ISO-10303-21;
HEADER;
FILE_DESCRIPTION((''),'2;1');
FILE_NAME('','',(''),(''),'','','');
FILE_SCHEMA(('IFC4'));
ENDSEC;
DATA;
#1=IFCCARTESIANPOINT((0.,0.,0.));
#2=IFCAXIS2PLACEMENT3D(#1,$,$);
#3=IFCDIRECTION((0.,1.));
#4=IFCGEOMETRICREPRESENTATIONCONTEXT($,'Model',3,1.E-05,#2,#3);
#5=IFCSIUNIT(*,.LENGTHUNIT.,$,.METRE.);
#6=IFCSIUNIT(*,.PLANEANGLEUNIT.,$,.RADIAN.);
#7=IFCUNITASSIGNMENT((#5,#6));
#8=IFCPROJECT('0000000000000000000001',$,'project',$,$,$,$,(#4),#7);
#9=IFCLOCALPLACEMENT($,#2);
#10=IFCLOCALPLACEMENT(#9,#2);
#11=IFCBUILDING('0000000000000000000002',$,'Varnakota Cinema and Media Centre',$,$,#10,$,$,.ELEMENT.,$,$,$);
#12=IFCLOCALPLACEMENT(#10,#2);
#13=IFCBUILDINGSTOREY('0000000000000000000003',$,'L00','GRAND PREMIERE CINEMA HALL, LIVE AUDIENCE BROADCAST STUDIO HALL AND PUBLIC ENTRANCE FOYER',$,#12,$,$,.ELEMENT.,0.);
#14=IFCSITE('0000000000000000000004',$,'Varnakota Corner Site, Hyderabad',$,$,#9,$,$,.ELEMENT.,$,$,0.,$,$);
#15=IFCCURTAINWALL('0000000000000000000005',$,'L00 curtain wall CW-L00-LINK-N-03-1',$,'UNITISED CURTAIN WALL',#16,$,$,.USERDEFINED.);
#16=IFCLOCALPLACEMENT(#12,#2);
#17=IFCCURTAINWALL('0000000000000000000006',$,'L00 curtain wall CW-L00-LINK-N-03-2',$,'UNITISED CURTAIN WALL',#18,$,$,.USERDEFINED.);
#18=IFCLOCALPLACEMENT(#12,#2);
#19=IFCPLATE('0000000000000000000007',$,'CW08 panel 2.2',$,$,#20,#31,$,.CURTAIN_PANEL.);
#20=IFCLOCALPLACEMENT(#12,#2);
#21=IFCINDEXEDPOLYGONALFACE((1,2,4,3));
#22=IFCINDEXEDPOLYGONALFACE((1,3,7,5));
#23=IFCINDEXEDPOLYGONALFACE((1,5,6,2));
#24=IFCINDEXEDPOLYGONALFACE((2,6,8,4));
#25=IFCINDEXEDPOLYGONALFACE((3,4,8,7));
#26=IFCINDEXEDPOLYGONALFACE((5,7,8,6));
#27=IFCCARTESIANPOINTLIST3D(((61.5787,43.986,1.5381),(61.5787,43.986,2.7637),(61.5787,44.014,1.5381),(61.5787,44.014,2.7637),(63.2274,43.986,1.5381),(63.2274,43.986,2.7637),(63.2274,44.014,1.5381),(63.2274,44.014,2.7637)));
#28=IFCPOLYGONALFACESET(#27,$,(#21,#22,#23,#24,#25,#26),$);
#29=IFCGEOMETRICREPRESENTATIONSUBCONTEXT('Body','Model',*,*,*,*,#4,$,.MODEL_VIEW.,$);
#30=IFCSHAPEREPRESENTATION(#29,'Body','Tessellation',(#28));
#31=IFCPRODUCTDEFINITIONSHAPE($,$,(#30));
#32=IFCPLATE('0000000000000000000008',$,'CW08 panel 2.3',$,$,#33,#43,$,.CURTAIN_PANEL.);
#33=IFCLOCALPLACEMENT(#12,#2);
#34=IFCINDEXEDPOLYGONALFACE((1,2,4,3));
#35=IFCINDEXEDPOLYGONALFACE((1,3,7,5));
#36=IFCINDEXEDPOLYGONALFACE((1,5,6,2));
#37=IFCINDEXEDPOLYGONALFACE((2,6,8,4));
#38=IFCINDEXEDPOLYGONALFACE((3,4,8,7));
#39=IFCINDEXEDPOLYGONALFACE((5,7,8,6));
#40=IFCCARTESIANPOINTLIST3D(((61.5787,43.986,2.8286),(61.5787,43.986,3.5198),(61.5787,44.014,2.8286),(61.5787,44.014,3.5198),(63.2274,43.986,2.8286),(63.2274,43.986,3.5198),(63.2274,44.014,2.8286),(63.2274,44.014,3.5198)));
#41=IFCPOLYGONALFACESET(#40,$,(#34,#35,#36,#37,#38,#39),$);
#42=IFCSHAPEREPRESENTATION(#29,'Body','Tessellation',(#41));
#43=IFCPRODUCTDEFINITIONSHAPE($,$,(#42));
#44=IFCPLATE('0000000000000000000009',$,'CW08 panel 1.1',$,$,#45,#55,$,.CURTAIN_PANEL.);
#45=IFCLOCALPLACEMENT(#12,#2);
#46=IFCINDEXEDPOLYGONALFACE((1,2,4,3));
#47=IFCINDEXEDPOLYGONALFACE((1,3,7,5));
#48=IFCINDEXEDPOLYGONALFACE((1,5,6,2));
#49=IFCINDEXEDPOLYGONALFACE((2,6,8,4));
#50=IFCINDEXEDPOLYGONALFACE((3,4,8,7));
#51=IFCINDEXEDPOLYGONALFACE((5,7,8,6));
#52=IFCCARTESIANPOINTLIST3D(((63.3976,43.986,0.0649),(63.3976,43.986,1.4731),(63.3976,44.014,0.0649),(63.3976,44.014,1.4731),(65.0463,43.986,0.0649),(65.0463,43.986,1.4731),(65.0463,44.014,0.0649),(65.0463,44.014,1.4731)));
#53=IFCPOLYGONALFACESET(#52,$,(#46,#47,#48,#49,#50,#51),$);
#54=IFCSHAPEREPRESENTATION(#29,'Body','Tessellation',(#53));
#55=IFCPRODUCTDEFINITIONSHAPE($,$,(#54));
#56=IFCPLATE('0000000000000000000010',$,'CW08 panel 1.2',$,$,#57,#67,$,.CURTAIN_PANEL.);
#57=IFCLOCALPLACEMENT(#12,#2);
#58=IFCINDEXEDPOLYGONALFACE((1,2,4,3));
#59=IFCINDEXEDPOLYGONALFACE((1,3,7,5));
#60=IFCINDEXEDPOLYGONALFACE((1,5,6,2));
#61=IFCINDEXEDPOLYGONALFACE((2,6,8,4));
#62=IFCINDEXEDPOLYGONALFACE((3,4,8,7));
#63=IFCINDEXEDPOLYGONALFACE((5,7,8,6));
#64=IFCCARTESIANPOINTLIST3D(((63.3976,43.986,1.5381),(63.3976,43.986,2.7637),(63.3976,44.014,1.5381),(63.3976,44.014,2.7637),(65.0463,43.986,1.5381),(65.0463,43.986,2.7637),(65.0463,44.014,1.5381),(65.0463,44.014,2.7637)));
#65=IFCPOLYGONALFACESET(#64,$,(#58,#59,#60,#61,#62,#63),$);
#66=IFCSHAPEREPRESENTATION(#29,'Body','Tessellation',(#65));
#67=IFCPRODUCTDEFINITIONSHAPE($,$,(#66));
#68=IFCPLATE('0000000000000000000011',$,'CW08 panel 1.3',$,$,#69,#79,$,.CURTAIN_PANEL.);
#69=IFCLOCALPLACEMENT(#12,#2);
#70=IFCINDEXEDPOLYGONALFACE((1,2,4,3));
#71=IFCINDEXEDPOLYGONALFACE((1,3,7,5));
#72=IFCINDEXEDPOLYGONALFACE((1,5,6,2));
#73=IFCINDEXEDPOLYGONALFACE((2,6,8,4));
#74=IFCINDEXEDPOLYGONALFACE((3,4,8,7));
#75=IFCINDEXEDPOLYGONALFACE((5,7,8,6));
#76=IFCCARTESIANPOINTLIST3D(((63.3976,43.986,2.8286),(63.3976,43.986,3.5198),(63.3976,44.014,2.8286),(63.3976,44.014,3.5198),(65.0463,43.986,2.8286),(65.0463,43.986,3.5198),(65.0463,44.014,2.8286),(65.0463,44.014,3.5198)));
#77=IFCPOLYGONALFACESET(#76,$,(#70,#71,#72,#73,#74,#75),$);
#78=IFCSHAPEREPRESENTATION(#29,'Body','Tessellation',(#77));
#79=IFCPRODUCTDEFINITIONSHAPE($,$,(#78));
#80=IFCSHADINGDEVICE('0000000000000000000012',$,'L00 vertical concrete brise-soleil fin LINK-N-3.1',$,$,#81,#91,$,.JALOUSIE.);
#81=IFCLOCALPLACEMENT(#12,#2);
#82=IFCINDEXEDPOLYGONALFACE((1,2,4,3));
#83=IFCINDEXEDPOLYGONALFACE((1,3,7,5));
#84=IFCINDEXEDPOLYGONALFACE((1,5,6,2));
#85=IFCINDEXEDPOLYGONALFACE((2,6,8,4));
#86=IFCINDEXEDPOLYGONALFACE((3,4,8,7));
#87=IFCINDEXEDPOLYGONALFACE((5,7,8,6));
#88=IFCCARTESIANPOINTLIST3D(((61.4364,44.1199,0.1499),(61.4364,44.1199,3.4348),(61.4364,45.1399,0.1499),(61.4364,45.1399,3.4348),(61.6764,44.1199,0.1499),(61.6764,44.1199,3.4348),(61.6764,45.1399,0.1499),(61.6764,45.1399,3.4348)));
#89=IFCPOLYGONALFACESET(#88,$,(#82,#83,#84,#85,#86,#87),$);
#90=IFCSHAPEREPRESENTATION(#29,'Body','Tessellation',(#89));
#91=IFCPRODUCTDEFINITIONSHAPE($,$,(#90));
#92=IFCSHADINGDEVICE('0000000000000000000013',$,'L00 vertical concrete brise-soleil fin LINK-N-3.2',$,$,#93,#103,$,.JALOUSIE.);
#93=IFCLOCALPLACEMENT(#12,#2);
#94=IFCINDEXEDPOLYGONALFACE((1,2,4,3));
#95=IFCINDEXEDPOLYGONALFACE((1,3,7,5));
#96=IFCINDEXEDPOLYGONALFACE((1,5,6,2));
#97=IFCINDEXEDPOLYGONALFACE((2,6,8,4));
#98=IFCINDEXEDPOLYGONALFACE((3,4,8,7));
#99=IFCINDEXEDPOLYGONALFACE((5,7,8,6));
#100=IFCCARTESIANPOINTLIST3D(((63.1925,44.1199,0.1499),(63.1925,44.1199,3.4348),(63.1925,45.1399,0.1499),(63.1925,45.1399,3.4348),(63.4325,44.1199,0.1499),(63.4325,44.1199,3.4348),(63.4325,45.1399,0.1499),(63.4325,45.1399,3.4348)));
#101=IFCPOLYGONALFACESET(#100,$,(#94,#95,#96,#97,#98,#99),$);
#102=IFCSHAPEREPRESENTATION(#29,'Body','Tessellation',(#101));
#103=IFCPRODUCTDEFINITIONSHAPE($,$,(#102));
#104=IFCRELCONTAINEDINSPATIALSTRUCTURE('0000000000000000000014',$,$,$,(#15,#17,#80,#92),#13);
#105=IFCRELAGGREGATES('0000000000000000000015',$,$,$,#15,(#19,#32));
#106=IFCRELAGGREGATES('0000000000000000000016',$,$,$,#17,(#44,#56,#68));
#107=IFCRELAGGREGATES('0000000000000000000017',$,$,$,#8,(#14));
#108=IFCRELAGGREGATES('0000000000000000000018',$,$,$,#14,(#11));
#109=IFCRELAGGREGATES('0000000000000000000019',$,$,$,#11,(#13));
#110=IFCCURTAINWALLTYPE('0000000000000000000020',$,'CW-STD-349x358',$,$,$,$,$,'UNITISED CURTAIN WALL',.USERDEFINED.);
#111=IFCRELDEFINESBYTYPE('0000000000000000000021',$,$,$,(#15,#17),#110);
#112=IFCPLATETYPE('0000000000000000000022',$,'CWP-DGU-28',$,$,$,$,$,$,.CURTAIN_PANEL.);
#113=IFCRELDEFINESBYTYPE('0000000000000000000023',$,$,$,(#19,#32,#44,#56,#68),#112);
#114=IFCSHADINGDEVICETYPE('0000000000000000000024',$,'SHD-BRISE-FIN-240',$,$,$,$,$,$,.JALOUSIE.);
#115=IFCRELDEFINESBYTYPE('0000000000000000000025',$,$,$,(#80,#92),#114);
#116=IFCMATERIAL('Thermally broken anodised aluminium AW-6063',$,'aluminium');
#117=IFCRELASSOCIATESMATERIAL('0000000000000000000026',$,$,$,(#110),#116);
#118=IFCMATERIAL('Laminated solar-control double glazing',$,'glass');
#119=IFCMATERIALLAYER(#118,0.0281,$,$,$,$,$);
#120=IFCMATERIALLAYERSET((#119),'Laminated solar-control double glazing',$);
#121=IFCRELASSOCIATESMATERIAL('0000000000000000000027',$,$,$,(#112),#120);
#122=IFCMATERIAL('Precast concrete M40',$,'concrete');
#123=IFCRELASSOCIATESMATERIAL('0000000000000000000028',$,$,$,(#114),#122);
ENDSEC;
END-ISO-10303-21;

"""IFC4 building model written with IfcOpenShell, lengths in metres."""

from ifc_helpers import new_model, si_unit, direction, frame, origin, origin_2d, place, context, subcontext, project, spatial, rectangle, extrude, material, layer, layer_set, type_object, element, aggregate, save


model = new_model("IFC4")

# Units and contexts
model_context = context("Model", 3, precision=1e-05, world=origin(), true_north=direction((0.0, 1.0)))
body_context = subcontext(model_context, "Body", "Model", "MODEL_VIEW")
ifc_project = project(units=[si_unit("LENGTHUNIT", "METRE"), si_unit("PLANEANGLEUNIT", "RADIAN")], contexts=[model_context])

# Site, building, storey
site_placement = place(None, origin())
site = spatial("IfcSite", under=ifc_project, at=site_placement, Name="Varnakota Corner Site, Hyderabad", CompositionType="ELEMENT", RefElevation=0.0)
building_placement = place(site_placement, origin())
building = spatial("IfcBuilding", under=site, at=building_placement, Name="Varnakota Cinema and Media Centre", CompositionType="ELEMENT")
storey_placement = place(building_placement, origin())
storey = spatial("IfcBuildingStorey", under=building, at=storey_placement, Name="L00", Description="GRAND PREMIERE CINEMA HALL, LIVE AUDIENCE BROADCAST STUDIO HALL AND PUBLIC ENTRANCE FOYER", CompositionType="ELEMENT", Elevation=0.0)

# Shared definitions
ifc_material_1 = material(Name="Thermally broken anodised aluminium AW-6063", Category="aluminium")
curtain_wall_type = type_object("IfcCurtainWallType", Name="CW-STD-349x358", ElementType="UNITISED CURTAIN WALL", PredefinedType="USERDEFINED", material=ifc_material_1)

# Curtain wall
curtain_wall_1_placement = place(storey_placement, origin())
curtain_wall_1 = element("IfcCurtainWall", 1, at=curtain_wall_1_placement, inside=storey, type_object=curtain_wall_type, Name="L00 curtain wall CW-L00-LINK-N-03-1", ObjectType="UNITISED CURTAIN WALL", PredefinedType="USERDEFINED")

# Curtain wall
curtain_wall_2_placement = place(storey_placement, origin())
curtain_wall_2 = element("IfcCurtainWall", 2, at=curtain_wall_2_placement, inside=storey, type_object=curtain_wall_type, Name="L00 curtain wall CW-L00-LINK-N-03-2", ObjectType="UNITISED CURTAIN WALL", PredefinedType="USERDEFINED")

# Plates
ifc_material_2 = material(Name="Laminated solar-control double glazing", Category="glass")
ifc_layer = layer(ifc_material_2, 0.0281)
ifc_layer_set = layer_set([ifc_layer], Name="Laminated solar-control double glazing")
plate_type = type_object("IfcPlateType", Name="CWP-DGU-28", PredefinedType="CURTAIN_PANEL", material=ifc_layer_set)
plate_1_placement = place(storey_placement, frame((62.4031, 44.0, 1.5381), z_axis=(0.0, 0.0, 1.0), x_axis=(1.0, 0.0, 0.0)))
plate_1 = element("IfcPlate", 3, at=plate_1_placement, type_object=plate_type, Name="CW08 panel 2.2", PredefinedType="CURTAIN_PANEL", context=body_context, shape_type="SweptSolid", body=[
    extrude(rectangle(XDim=1.6487, YDim=0.0281, at=origin_2d()), origin(), (0.0, 0.0, 1.0), 1.2256),
])
plate_2_placement = place(storey_placement, frame((62.4031, 44.0, 2.8286), z_axis=(0.0, 0.0, 1.0), x_axis=(1.0, 0.0, 0.0)))
plate_2 = element("IfcPlate", 4, at=plate_2_placement, type_object=plate_type, Name="CW08 panel 2.3", PredefinedType="CURTAIN_PANEL", context=body_context, shape_type="SweptSolid", body=[
    extrude(rectangle(XDim=1.6487, YDim=0.0281, at=origin_2d()), origin(), (0.0, 0.0, 1.0), 0.6912),
])
aggregate(curtain_wall_1, [plate_1, plate_2])
plate_3_placement = place(storey_placement, frame((64.2219, 44.0, 0.0649), z_axis=(0.0, 0.0, 1.0), x_axis=(1.0, 0.0, 0.0)))
plate_3 = element("IfcPlate", 5, at=plate_3_placement, type_object=plate_type, Name="CW08 panel 1.1", PredefinedType="CURTAIN_PANEL", context=body_context, shape_type="SweptSolid", body=[
    extrude(rectangle(XDim=1.6487, YDim=0.0281, at=origin_2d()), origin(), (0.0, 0.0, 1.0), 1.4082),
])
plate_4_placement = place(storey_placement, frame((64.2219, 44.0, 1.5381), z_axis=(0.0, 0.0, 1.0), x_axis=(1.0, 0.0, 0.0)))
plate_4 = element("IfcPlate", 6, at=plate_4_placement, type_object=plate_type, Name="CW08 panel 1.2", PredefinedType="CURTAIN_PANEL", context=body_context, shape_type="SweptSolid", body=[
    extrude(rectangle(XDim=1.6487, YDim=0.0281, at=origin_2d()), origin(), (0.0, 0.0, 1.0), 1.2256),
])
plate_5_placement = place(storey_placement, frame((64.2219, 44.0, 2.8286), z_axis=(0.0, 0.0, 1.0), x_axis=(1.0, 0.0, 0.0)))
plate_5 = element("IfcPlate", 7, at=plate_5_placement, type_object=plate_type, Name="CW08 panel 1.3", PredefinedType="CURTAIN_PANEL", context=body_context, shape_type="SweptSolid", body=[
    extrude(rectangle(XDim=1.6487, YDim=0.0281, at=origin_2d()), origin(), (0.0, 0.0, 1.0), 0.6912),
])
aggregate(curtain_wall_2, [plate_3, plate_4, plate_5])

# Shading devices
ifc_material_3 = material(Name="Precast concrete M40", Category="concrete")
shading_device_type = type_object("IfcShadingDeviceType", Name="SHD-BRISE-FIN-240", PredefinedType="JALOUSIE", material=ifc_material_3)
for number, where, z_axis, x_axis, name in (
    (8, (61.5564, 44.6299, 0.1499), (0.0, 0.0, 1.0), (1.0, 0.0, 0.0), "L00 vertical concrete brise-soleil fin LINK-N-3.1"),
    (9, (63.3125, 44.6299, 0.1499), (0.0, 0.0, 1.0), (1.0, 0.0, 0.0), "L00 vertical concrete brise-soleil fin LINK-N-3.2"),
):
    element("IfcShadingDevice", number, at=place(storey_placement, frame(where, z_axis=z_axis, x_axis=x_axis)), inside=storey, type_object=shading_device_type, Name=name, PredefinedType="JALOUSIE", context=body_context, shape_type="SweptSolid", body=[
        extrude(rectangle(XDim=0.24, YDim=1.02, at=origin_2d()), origin(), (0.0, 0.0, 1.0), 3.2849),
    ])

save(model, "model.ifc")
